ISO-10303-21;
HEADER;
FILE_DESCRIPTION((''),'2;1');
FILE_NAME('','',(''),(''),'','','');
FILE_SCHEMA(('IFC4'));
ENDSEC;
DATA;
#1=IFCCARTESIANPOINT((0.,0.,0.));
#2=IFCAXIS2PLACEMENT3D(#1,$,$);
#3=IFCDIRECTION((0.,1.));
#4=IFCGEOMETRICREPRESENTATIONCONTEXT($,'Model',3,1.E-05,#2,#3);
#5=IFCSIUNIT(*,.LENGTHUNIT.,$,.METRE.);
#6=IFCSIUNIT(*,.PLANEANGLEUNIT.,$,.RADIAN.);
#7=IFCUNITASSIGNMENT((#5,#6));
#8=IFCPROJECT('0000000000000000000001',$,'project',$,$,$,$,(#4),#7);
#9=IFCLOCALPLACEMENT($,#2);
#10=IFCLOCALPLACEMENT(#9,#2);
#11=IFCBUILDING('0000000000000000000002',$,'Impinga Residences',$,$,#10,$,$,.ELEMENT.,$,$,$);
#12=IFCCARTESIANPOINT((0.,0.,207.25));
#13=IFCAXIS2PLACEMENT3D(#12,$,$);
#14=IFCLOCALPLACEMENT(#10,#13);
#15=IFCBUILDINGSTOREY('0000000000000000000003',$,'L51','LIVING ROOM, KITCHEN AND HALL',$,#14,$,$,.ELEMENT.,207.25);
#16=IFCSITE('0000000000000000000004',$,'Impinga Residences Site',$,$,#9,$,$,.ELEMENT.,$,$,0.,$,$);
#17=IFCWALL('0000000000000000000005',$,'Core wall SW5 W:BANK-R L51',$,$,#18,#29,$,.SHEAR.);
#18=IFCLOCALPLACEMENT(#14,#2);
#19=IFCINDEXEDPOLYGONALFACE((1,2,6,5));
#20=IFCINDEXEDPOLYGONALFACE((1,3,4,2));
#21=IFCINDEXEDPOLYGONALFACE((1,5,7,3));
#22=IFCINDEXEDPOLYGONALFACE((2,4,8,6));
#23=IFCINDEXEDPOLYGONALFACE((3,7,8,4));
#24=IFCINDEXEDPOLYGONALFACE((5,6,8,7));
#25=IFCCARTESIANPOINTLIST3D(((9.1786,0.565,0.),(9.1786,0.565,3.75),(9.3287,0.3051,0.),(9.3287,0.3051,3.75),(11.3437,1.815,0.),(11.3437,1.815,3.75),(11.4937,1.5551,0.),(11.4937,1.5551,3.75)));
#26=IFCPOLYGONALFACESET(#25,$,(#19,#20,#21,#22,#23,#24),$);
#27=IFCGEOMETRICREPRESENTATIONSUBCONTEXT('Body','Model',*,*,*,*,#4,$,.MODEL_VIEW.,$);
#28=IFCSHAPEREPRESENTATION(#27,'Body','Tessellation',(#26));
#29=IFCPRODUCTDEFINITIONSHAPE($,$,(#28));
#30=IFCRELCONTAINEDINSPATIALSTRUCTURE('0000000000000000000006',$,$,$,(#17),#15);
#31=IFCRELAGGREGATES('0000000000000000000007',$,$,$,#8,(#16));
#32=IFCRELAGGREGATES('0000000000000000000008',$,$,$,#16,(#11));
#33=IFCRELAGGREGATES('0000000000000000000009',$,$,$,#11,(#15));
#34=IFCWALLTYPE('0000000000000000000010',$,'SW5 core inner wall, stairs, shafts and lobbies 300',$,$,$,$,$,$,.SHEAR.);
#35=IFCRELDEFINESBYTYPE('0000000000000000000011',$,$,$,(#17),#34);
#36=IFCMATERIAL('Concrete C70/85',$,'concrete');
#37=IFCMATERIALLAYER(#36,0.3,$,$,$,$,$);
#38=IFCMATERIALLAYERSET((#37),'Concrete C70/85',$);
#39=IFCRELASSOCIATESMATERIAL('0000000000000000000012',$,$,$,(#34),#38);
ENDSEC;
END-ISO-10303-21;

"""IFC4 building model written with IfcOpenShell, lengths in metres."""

from ifc_helpers import new_model, si_unit, direction, frame, frame_2d, origin, place, context, subcontext, project, spatial, rectangle, extrude, material, layer, layer_set, type_object, element, save


model = new_model("IFC4")

# Units and contexts
model_context = context("Model", 3, precision=1e-05, world=origin(), true_north=direction((0.0, 1.0)))
body_context = subcontext(model_context, "Body", "Model", "MODEL_VIEW")
ifc_project = project(units=[si_unit("LENGTHUNIT", "METRE"), si_unit("PLANEANGLEUNIT", "RADIAN")], contexts=[model_context])

# Site, building, storey
site_placement = place(None, origin())
site = spatial("IfcSite", under=ifc_project, at=site_placement, Name="Impinga Residences Site", CompositionType="ELEMENT", RefElevation=0.0)
building_placement = place(site_placement, origin())
building = spatial("IfcBuilding", under=site, at=building_placement, Name="Impinga Residences", CompositionType="ELEMENT")
storey_placement = place(building_placement, frame((0.0, 0.0, 207.25)))
storey = spatial("IfcBuildingStorey", under=building, at=storey_placement, Name="L51", Description="LIVING ROOM, KITCHEN AND HALL", CompositionType="ELEMENT", Elevation=207.25)

# Wall
ifc_material_1 = material(Name="Concrete C70/85", Category="concrete")
ifc_layer_1 = layer(ifc_material_1, 0.3)
ifc_layer_set_1 = layer_set([ifc_layer_1], Name="Concrete C70/85")
wall_type_1 = type_object("IfcWallType", Name="SW5 core inner wall, stairs, shafts and lobbies 300", PredefinedType="SHEAR", material=ifc_layer_set_1)
wall_1_placement = place(storey_placement, frame((9.2537, 0.4351, 0.0), z_axis=(0.0, 0.0, 1.0), x_axis=(0.866023, 0.500004, 0.0)))
element("IfcWall", 1, at=wall_1_placement, inside=storey, type_object=wall_type_1, Name="Core wall SW5 W:BANK-R L51", PredefinedType="SHEAR", context=body_context, shape_type="SweptSolid", body=[
    extrude(rectangle(XDim=2.5, YDim=0.3, at=frame_2d((1.25, 0.0))), origin(), (0.0, 0.0, 1.0), 3.75),
])

save(model, "model.ifc")
